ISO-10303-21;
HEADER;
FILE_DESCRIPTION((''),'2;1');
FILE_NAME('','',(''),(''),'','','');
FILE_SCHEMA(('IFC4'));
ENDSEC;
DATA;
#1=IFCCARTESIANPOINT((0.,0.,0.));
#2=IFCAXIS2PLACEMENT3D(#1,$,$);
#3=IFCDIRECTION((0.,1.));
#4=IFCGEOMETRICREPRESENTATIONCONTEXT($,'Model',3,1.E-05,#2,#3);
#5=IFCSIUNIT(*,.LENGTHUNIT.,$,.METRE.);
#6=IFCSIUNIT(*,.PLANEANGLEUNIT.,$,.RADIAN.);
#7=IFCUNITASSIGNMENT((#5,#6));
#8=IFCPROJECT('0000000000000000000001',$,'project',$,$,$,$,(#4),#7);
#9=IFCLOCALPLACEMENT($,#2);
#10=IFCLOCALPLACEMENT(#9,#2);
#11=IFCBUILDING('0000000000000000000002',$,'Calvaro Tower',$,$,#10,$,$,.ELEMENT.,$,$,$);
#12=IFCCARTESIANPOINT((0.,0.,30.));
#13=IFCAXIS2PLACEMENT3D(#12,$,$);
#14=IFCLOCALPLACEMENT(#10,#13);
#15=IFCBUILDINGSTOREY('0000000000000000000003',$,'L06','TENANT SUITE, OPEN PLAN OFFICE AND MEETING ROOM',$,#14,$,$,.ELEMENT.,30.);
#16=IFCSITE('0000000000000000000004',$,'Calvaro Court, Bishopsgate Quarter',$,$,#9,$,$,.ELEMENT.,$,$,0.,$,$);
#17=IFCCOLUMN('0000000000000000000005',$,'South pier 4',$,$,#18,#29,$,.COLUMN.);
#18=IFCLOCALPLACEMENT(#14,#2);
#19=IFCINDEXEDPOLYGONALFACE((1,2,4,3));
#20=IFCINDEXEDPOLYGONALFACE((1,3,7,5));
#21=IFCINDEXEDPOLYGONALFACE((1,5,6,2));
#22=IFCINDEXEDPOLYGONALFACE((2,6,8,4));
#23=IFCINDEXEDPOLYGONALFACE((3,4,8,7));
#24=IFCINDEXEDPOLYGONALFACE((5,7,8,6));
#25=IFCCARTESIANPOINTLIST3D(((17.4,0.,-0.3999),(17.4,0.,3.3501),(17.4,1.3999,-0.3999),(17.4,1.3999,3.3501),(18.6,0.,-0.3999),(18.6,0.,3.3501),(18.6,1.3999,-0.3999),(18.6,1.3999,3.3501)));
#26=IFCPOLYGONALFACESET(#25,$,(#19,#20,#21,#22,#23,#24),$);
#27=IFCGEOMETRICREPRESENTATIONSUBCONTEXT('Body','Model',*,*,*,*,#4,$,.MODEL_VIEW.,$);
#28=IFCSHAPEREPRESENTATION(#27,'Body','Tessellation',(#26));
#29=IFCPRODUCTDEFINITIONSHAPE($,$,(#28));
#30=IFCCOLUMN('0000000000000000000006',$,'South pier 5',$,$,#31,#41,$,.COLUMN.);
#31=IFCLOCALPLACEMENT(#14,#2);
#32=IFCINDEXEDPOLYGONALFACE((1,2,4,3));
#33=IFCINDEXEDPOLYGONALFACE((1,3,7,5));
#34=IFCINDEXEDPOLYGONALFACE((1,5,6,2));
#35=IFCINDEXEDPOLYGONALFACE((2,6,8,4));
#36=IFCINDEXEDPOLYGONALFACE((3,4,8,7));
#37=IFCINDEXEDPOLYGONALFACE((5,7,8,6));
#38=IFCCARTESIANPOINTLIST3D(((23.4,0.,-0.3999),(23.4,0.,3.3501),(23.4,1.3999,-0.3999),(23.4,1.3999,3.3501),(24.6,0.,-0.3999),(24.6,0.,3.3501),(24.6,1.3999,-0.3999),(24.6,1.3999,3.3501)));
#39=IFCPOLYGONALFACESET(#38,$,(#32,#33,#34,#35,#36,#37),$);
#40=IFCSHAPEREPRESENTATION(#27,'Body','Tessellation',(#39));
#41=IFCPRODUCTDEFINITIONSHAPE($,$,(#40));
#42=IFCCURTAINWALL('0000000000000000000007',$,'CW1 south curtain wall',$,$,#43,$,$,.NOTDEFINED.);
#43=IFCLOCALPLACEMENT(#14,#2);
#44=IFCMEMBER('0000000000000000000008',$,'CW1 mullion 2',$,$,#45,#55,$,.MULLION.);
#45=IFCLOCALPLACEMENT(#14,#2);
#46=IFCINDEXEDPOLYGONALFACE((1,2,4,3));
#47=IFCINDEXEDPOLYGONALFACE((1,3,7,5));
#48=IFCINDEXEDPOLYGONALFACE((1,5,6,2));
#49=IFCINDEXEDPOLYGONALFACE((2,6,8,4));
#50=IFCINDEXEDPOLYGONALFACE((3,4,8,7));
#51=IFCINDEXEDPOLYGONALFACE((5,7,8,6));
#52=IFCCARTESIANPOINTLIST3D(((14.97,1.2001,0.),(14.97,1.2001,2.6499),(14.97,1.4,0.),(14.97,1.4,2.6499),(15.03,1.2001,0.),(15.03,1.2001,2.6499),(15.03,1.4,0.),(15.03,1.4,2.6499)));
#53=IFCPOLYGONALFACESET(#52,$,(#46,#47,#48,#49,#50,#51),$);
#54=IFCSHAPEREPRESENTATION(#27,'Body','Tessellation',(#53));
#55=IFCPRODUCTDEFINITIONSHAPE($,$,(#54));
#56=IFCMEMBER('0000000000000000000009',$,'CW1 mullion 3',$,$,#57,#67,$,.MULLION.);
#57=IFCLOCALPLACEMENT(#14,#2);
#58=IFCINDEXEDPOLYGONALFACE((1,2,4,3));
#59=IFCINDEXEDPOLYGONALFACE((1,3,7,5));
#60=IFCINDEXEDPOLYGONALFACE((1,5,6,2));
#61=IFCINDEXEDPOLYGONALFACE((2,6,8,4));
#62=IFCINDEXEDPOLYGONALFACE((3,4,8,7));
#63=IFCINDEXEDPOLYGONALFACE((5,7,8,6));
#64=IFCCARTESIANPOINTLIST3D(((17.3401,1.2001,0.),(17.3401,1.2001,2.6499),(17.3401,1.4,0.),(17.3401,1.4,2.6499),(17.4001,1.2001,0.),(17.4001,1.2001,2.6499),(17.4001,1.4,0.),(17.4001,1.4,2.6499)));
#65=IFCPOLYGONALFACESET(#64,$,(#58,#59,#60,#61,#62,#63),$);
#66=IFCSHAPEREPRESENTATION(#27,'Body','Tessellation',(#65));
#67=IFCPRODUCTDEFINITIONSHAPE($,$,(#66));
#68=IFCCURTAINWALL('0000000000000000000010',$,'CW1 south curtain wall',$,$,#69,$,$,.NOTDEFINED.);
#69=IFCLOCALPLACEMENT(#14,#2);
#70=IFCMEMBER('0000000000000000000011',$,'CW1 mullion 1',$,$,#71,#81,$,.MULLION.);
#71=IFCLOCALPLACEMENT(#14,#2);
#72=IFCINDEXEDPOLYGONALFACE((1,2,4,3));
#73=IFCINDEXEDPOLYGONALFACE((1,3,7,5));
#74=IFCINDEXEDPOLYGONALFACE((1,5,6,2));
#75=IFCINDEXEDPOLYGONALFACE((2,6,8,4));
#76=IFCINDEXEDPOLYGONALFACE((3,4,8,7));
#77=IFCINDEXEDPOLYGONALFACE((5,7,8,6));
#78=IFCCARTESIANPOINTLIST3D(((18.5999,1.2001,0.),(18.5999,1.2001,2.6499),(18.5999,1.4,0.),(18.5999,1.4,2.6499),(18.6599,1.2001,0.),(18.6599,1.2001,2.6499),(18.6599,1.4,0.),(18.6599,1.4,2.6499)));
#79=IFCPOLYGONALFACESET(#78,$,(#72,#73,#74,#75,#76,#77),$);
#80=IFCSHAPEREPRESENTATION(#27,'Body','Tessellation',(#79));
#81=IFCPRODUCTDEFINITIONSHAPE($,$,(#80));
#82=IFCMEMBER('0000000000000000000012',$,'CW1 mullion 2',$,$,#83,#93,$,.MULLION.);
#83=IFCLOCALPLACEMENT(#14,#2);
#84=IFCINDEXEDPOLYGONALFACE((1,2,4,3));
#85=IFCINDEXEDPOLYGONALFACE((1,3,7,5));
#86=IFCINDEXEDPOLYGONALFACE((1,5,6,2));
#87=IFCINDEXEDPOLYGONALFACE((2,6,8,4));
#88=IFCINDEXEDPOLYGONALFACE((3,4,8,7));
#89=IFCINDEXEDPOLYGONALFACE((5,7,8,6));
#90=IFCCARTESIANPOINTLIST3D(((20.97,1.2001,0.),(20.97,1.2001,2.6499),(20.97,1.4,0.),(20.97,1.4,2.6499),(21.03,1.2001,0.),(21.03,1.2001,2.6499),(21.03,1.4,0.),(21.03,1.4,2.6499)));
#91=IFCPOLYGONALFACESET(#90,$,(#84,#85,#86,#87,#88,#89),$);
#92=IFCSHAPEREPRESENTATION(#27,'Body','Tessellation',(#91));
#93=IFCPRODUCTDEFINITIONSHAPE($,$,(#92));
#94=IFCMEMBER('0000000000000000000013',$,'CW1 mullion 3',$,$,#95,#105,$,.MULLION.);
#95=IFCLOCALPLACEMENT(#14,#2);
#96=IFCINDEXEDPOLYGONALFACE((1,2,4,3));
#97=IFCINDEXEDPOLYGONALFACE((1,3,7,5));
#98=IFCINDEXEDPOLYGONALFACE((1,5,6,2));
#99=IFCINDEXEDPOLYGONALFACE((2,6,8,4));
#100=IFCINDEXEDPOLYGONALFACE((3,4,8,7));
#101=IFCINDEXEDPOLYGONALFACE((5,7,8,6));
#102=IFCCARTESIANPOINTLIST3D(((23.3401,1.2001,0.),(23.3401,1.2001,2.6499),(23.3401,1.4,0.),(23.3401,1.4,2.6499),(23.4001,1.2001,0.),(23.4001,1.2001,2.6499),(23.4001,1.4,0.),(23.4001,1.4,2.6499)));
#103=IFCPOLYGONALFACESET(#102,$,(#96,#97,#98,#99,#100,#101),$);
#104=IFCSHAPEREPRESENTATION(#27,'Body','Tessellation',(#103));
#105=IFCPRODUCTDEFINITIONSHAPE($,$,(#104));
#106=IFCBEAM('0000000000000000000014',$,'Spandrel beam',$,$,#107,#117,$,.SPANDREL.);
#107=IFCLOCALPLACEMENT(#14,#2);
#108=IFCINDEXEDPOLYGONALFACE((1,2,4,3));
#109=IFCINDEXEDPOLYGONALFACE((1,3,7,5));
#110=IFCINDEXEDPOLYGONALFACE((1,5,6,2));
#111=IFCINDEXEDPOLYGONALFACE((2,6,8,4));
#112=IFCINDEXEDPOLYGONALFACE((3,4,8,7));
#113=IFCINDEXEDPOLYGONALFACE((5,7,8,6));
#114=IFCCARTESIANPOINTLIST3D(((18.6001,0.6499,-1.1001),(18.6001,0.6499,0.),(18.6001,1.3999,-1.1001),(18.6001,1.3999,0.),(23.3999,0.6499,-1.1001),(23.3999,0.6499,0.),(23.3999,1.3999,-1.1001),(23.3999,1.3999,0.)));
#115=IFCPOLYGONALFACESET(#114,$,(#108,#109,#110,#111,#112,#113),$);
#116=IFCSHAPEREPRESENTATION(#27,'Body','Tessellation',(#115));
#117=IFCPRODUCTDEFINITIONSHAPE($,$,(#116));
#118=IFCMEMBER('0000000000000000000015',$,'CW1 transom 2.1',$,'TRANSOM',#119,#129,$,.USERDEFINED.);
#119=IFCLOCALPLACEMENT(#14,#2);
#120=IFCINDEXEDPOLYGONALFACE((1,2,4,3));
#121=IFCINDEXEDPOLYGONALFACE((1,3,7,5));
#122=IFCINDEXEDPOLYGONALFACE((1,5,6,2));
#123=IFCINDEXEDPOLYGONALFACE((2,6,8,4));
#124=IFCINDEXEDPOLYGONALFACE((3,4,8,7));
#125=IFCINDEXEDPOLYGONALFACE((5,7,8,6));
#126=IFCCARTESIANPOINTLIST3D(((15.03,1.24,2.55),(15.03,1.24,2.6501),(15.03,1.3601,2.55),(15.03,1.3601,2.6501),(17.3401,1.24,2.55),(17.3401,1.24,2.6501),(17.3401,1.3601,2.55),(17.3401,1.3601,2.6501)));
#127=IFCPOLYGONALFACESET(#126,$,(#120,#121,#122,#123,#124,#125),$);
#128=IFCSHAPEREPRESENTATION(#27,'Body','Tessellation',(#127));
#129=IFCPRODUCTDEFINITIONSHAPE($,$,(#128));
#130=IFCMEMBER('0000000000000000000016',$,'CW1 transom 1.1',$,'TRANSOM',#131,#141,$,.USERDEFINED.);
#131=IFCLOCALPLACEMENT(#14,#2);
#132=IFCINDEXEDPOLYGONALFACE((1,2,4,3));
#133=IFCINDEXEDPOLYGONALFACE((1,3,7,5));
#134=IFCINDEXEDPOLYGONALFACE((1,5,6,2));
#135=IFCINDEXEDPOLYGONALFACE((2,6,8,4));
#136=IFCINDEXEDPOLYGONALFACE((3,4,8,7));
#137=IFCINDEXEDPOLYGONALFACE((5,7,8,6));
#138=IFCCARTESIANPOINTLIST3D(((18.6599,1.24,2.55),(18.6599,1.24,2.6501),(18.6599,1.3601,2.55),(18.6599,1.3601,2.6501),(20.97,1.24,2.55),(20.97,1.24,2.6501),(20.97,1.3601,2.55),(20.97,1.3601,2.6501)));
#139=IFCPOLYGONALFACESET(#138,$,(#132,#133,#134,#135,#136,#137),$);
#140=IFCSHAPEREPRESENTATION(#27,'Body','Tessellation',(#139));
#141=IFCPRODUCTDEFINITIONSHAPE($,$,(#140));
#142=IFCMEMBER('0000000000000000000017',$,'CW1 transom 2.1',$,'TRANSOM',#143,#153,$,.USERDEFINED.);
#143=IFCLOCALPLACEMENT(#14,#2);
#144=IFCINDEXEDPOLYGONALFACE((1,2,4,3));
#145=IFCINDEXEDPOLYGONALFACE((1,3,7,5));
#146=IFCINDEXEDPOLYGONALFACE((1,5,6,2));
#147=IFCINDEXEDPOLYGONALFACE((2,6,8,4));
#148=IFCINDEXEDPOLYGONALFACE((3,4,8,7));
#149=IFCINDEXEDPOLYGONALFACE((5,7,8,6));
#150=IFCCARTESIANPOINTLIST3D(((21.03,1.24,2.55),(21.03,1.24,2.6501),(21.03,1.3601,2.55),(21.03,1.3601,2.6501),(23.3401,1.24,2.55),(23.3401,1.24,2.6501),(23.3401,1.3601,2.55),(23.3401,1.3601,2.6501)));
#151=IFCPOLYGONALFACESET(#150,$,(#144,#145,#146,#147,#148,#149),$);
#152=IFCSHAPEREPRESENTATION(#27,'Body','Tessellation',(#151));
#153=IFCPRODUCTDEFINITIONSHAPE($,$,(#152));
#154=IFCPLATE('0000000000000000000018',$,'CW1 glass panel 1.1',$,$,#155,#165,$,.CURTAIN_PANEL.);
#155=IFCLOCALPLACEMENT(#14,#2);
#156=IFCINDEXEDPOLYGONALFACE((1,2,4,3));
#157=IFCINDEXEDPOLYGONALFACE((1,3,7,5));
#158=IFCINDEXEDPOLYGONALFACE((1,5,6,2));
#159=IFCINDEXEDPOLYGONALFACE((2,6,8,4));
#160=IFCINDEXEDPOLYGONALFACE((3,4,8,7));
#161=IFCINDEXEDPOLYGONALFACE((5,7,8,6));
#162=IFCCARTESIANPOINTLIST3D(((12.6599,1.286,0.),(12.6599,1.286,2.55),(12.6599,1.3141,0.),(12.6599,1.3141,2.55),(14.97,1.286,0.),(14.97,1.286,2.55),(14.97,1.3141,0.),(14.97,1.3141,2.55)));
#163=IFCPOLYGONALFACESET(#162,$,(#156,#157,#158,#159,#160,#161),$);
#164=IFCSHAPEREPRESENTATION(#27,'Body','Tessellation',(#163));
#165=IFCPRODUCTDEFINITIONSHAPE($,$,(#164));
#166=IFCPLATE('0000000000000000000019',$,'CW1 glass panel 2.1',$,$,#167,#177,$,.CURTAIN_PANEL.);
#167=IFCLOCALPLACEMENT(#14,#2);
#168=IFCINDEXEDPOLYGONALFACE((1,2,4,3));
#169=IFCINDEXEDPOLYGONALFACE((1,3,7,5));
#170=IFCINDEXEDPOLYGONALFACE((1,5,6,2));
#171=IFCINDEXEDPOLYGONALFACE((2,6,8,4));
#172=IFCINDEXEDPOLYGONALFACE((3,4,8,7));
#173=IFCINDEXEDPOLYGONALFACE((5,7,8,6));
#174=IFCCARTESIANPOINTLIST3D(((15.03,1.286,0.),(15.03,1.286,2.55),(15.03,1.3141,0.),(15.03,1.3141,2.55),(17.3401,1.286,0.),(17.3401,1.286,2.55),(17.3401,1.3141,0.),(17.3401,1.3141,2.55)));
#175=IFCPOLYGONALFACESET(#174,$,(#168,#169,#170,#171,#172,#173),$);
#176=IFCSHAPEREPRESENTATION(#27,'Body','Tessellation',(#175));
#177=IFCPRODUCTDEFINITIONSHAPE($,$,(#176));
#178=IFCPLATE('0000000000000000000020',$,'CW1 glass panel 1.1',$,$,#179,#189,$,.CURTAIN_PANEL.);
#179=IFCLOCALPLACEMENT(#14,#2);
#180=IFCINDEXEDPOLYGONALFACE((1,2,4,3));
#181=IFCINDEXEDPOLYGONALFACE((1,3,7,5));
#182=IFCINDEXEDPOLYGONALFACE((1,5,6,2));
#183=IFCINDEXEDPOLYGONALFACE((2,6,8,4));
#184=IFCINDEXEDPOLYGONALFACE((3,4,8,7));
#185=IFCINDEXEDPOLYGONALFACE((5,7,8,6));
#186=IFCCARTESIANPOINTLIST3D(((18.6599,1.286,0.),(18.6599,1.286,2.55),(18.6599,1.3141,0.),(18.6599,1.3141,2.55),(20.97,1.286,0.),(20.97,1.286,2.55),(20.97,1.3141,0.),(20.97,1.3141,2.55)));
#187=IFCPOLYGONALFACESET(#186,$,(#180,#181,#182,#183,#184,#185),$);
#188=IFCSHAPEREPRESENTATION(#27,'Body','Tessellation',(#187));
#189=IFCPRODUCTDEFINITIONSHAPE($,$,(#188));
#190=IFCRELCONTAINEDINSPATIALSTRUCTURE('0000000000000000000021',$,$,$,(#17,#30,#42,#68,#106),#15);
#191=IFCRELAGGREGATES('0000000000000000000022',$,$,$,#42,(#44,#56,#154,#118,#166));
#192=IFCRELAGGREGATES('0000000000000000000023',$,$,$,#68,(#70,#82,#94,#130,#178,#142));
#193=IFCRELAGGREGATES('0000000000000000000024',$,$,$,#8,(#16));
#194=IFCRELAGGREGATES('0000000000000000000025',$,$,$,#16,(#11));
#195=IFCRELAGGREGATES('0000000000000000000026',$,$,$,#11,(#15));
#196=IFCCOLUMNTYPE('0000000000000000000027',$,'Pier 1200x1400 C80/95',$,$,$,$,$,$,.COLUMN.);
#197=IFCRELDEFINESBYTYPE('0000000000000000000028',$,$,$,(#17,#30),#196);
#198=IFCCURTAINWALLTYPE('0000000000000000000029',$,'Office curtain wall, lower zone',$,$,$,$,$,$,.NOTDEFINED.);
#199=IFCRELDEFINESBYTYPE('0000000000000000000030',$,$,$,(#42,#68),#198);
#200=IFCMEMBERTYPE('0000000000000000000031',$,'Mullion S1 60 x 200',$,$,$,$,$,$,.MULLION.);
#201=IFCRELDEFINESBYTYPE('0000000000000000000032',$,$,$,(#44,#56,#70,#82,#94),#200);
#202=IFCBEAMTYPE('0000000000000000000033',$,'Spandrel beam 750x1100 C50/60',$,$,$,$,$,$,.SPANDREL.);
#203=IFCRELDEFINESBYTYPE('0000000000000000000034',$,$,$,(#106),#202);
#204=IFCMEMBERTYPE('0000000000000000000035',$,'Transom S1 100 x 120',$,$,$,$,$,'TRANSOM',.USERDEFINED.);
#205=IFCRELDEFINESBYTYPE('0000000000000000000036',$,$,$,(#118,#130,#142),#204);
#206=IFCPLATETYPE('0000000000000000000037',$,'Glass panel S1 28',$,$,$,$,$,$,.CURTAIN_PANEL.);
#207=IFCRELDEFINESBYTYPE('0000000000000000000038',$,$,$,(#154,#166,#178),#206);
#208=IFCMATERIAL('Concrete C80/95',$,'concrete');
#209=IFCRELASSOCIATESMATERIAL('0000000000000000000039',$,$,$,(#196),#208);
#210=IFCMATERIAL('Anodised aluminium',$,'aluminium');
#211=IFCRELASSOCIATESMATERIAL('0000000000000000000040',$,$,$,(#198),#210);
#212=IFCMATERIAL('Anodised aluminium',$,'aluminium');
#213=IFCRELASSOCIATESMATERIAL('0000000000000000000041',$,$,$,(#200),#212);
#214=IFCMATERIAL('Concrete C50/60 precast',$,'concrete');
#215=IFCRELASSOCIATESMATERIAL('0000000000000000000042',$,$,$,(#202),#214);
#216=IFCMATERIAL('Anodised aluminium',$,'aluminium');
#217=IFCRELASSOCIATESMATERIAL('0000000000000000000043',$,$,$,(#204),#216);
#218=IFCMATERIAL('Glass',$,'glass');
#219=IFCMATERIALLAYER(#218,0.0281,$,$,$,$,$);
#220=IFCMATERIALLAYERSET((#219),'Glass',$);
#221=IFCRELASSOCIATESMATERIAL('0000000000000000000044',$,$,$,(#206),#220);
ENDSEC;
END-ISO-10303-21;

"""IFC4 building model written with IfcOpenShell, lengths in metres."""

from ifc_helpers import new_model, si_unit, direction, frame, origin, origin_2d, place, context, subcontext, project, spatial, rectangle, extrude, material, layer, layer_set, material_profile, profile_set, type_object, element, aggregate, save


model = new_model("IFC4")

# Units and contexts
model_context = context("Model", 3, precision=1e-05, world=origin(), true_north=direction((0.0, 1.0)))
body_context = subcontext(model_context, "Body", "Model", "MODEL_VIEW")
ifc_project = project(units=[si_unit("LENGTHUNIT", "METRE"), si_unit("PLANEANGLEUNIT", "RADIAN")], contexts=[model_context])

# Site, building, storey
site_placement = place(None, origin())
site = spatial("IfcSite", under=ifc_project, at=site_placement, Name="Calvaro Court, Bishopsgate Quarter", CompositionType="ELEMENT", RefElevation=0.0)
building_placement = place(site_placement, origin())
building = spatial("IfcBuilding", under=site, at=building_placement, Name="Calvaro Tower", CompositionType="ELEMENT")
storey_placement = place(building_placement, frame((0.0, 0.0, 30.0)))
storey = spatial("IfcBuildingStorey", under=building, at=storey_placement, Name="L06", Description="TENANT SUITE, OPEN PLAN OFFICE AND MEETING ROOM", CompositionType="ELEMENT", Elevation=30.0)

# Columns
ifc_material_1 = material(Name="Concrete C80/95", Category="concrete")
ifc_material_profile_1 = material_profile(ifc_material_1, rectangle(XDim=1.2, YDim=1.3999, at=origin_2d()), Name="RC 1200x1400")
ifc_profile_set_1 = profile_set([ifc_material_profile_1], Name="Concrete C80/95")
column_type = type_object("IfcColumnType", Name="Pier 1200x1400 C80/95", PredefinedType="COLUMN", material=ifc_profile_set_1)
for number, where, z_axis, x_axis, name in (
    (1, (18.0, 0.7, -0.3999), (0.0, 0.0, 1.0), (1.0, 0.0, 0.0), "South pier 4"),
    (2, (24.0, 0.7, -0.3999), (0.0, 0.0, 1.0), (1.0, 0.0, 0.0), "South pier 5"),
):
    element("IfcColumn", number, at=place(storey_placement, frame(where, z_axis=z_axis, x_axis=x_axis)), inside=storey, type_object=column_type, Name=name, PredefinedType="COLUMN", context=body_context, shape_type="SweptSolid", body=[
        extrude(rectangle(XDim=1.2, YDim=1.3999, at=origin_2d()), origin(), (0.0, 0.0, 1.0), 3.75),
    ])

# Curtain walls, members
ifc_material_2 = material(Name="Anodised aluminium", Category="aluminium")
curtain_wall_type = type_object("IfcCurtainWallType", Name="Office curtain wall, lower zone", PredefinedType="NOTDEFINED", material=ifc_material_2)
curtain_wall_1_placement = place(storey_placement, origin())
curtain_wall_1 = element("IfcCurtainWall", 3, at=curtain_wall_1_placement, inside=storey, type_object=curtain_wall_type, Name="CW1 south curtain wall", PredefinedType="NOTDEFINED")
ifc_material_3 = material(Name="Anodised aluminium", Category="aluminium")
ifc_material_profile_2 = material_profile(ifc_material_3, rectangle(XDim=0.2, YDim=0.0601, at=origin_2d()), Name="Mullion S1 60 x 200")
ifc_profile_set_2 = profile_set([ifc_material_profile_2], Name="Anodised aluminium")
member_type_1 = type_object("IfcMemberType", Name="Mullion S1 60 x 200", PredefinedType="MULLION", material=ifc_profile_set_2)
member_1_placement = place(storey_placement, frame((15.0, 1.3, 0.0), z_axis=(0.0, 0.0, 1.0), x_axis=(0.0, 1.0, 0.0)))
member_1 = element("IfcMember", 4, at=member_1_placement, type_object=member_type_1, Name="CW1 mullion 2", PredefinedType="MULLION", context=body_context, shape_type="SweptSolid", body=[
    extrude(rectangle(XDim=0.2, YDim=0.0601, at=origin_2d()), origin(), (0.0, 0.0, 1.0), 2.6499),
])
member_2_placement = place(storey_placement, frame((17.3701, 1.3, 0.0), z_axis=(0.0, 0.0, 1.0), x_axis=(0.0, 1.0, 0.0)))
member_2 = element("IfcMember", 5, at=member_2_placement, type_object=member_type_1, Name="CW1 mullion 3", PredefinedType="MULLION", context=body_context, shape_type="SweptSolid", body=[
    extrude(rectangle(XDim=0.2, YDim=0.0601, at=origin_2d()), origin(), (0.0, 0.0, 1.0), 2.6499),
])
curtain_wall_2_placement = place(storey_placement, origin())
curtain_wall_2 = element("IfcCurtainWall", 6, at=curtain_wall_2_placement, inside=storey, type_object=curtain_wall_type, Name="CW1 south curtain wall", PredefinedType="NOTDEFINED")
member_3_placement = place(storey_placement, frame((18.6299, 1.3, 0.0), z_axis=(0.0, 0.0, 1.0), x_axis=(0.0, 1.0, 0.0)))
member_3 = element("IfcMember", 7, at=member_3_placement, type_object=member_type_1, Name="CW1 mullion 1", PredefinedType="MULLION", context=body_context, shape_type="SweptSolid", body=[
    extrude(rectangle(XDim=0.2, YDim=0.0601, at=origin_2d()), origin(), (0.0, 0.0, 1.0), 2.6499),
])
member_4_placement = place(storey_placement, frame((21.0, 1.3, 0.0), z_axis=(0.0, 0.0, 1.0), x_axis=(0.0, 1.0, 0.0)))
member_4 = element("IfcMember", 8, at=member_4_placement, type_object=member_type_1, Name="CW1 mullion 2", PredefinedType="MULLION", context=body_context, shape_type="SweptSolid", body=[
    extrude(rectangle(XDim=0.2, YDim=0.0601, at=origin_2d()), origin(), (0.0, 0.0, 1.0), 2.6499),
])
member_5_placement = place(storey_placement, frame((23.3701, 1.3, 0.0), z_axis=(0.0, 0.0, 1.0), x_axis=(0.0, 1.0, 0.0)))
member_5 = element("IfcMember", 9, at=member_5_placement, type_object=member_type_1, Name="CW1 mullion 3", PredefinedType="MULLION", context=body_context, shape_type="SweptSolid", body=[
    extrude(rectangle(XDim=0.2, YDim=0.0601, at=origin_2d()), origin(), (0.0, 0.0, 1.0), 2.6499),
])

# Beam
ifc_material_4 = material(Name="Concrete C50/60 precast", Category="concrete")
ifc_material_profile_3 = material_profile(ifc_material_4, rectangle(XDim=0.75, YDim=1.1001, at=origin_2d()), Name="RC 750x1100")
ifc_profile_set_3 = profile_set([ifc_material_profile_3], Name="Concrete C50/60 precast")
beam_type = type_object("IfcBeamType", Name="Spandrel beam 750x1100 C50/60", PredefinedType="SPANDREL", material=ifc_profile_set_3)
beam_placement = place(storey_placement, frame((18.6001, 1.0249, -0.55), z_axis=(1.0, 0.0, 0.0), x_axis=(0.0, 1.0, 0.0)))
element("IfcBeam", 10, at=beam_placement, inside=storey, type_object=beam_type, Name="Spandrel beam", PredefinedType="SPANDREL", context=body_context, shape_type="SweptSolid", body=[
    extrude(rectangle(XDim=0.75, YDim=1.1001, at=origin_2d()), origin(), (0.0, 0.0, 1.0), 4.7998),
])

# Members
ifc_material_5 = material(Name="Anodised aluminium", Category="aluminium")
ifc_material_profile_4 = material_profile(ifc_material_5, rectangle(XDim=0.1201, YDim=0.1001, at=origin_2d()), Name="Transom S1 100 x 120")
ifc_profile_set_4 = profile_set([ifc_material_profile_4], Name="Anodised aluminium")
member_type_2 = type_object("IfcMemberType", Name="Transom S1 100 x 120", ElementType="TRANSOM", PredefinedType="USERDEFINED", material=ifc_profile_set_4)
member_6_placement = place(storey_placement, frame((15.03, 1.3, 2.6001), z_axis=(1.0, 0.0, 0.0), x_axis=(0.0, 1.0, 0.0)))
member_6 = element("IfcMember", 11, at=member_6_placement, type_object=member_type_2, Name="CW1 transom 2.1", ObjectType="TRANSOM", PredefinedType="USERDEFINED", context=body_context, shape_type="SweptSolid", body=[
    extrude(rectangle(XDim=0.1201, YDim=0.1001, at=origin_2d()), origin(), (0.0, 0.0, 1.0), 2.3101),
])
member_7_placement = place(storey_placement, frame((18.6599, 1.3, 2.6001), z_axis=(1.0, 0.0, 0.0), x_axis=(0.0, 1.0, 0.0)))
member_7 = element("IfcMember", 12, at=member_7_placement, type_object=member_type_2, Name="CW1 transom 1.1", ObjectType="TRANSOM", PredefinedType="USERDEFINED", context=body_context, shape_type="SweptSolid", body=[
    extrude(rectangle(XDim=0.1201, YDim=0.1001, at=origin_2d()), origin(), (0.0, 0.0, 1.0), 2.3101),
])
member_8_placement = place(storey_placement, frame((21.03, 1.3, 2.6001), z_axis=(1.0, 0.0, 0.0), x_axis=(0.0, 1.0, 0.0)))
member_8 = element("IfcMember", 13, at=member_8_placement, type_object=member_type_2, Name="CW1 transom 2.1", ObjectType="TRANSOM", PredefinedType="USERDEFINED", context=body_context, shape_type="SweptSolid", body=[
    extrude(rectangle(XDim=0.1201, YDim=0.1001, at=origin_2d()), origin(), (0.0, 0.0, 1.0), 2.3101),
])

# Plates
ifc_material_6 = material(Name="Glass", Category="glass")
ifc_layer = layer(ifc_material_6, 0.0281)
ifc_layer_set = layer_set([ifc_layer], Name="Glass")
plate_type = type_object("IfcPlateType", Name="Glass panel S1 28", PredefinedType="CURTAIN_PANEL", material=ifc_layer_set)
plate_1_placement = place(storey_placement, frame((13.8149, 1.3, 0.0), z_axis=(0.0, 0.0, 1.0), x_axis=(1.0, 0.0, 0.0)))
plate_1 = element("IfcPlate", 14, at=plate_1_placement, type_object=plate_type, Name="CW1 glass panel 1.1", PredefinedType="CURTAIN_PANEL", context=body_context, shape_type="SweptSolid", body=[
    extrude(rectangle(XDim=2.3101, YDim=0.0281, at=origin_2d()), origin(), (0.0, 0.0, 1.0), 2.55),
])
plate_2_placement = place(storey_placement, frame((16.1851, 1.3, 0.0), z_axis=(0.0, 0.0, 1.0), x_axis=(1.0, 0.0, 0.0)))
plate_2 = element("IfcPlate", 15, at=plate_2_placement, type_object=plate_type, Name="CW1 glass panel 2.1", PredefinedType="CURTAIN_PANEL", context=body_context, shape_type="SweptSolid", body=[
    extrude(rectangle(XDim=2.3101, YDim=0.0281, at=origin_2d()), origin(), (0.0, 0.0, 1.0), 2.55),
])
aggregate(curtain_wall_1, [member_1, member_2, plate_1, member_6, plate_2])
plate_3_placement = place(storey_placement, frame((19.8149, 1.3, 0.0), z_axis=(0.0, 0.0, 1.0), x_axis=(1.0, 0.0, 0.0)))
plate_3 = element("IfcPlate", 16, at=plate_3_placement, type_object=plate_type, Name="CW1 glass panel 1.1", PredefinedType="CURTAIN_PANEL", context=body_context, shape_type="SweptSolid", body=[
    extrude(rectangle(XDim=2.3101, YDim=0.0281, at=origin_2d()), origin(), (0.0, 0.0, 1.0), 2.55),
])
aggregate(curtain_wall_2, [member_3, member_4, member_5, member_7, plate_3, member_8])

save(model, "model.ifc")
